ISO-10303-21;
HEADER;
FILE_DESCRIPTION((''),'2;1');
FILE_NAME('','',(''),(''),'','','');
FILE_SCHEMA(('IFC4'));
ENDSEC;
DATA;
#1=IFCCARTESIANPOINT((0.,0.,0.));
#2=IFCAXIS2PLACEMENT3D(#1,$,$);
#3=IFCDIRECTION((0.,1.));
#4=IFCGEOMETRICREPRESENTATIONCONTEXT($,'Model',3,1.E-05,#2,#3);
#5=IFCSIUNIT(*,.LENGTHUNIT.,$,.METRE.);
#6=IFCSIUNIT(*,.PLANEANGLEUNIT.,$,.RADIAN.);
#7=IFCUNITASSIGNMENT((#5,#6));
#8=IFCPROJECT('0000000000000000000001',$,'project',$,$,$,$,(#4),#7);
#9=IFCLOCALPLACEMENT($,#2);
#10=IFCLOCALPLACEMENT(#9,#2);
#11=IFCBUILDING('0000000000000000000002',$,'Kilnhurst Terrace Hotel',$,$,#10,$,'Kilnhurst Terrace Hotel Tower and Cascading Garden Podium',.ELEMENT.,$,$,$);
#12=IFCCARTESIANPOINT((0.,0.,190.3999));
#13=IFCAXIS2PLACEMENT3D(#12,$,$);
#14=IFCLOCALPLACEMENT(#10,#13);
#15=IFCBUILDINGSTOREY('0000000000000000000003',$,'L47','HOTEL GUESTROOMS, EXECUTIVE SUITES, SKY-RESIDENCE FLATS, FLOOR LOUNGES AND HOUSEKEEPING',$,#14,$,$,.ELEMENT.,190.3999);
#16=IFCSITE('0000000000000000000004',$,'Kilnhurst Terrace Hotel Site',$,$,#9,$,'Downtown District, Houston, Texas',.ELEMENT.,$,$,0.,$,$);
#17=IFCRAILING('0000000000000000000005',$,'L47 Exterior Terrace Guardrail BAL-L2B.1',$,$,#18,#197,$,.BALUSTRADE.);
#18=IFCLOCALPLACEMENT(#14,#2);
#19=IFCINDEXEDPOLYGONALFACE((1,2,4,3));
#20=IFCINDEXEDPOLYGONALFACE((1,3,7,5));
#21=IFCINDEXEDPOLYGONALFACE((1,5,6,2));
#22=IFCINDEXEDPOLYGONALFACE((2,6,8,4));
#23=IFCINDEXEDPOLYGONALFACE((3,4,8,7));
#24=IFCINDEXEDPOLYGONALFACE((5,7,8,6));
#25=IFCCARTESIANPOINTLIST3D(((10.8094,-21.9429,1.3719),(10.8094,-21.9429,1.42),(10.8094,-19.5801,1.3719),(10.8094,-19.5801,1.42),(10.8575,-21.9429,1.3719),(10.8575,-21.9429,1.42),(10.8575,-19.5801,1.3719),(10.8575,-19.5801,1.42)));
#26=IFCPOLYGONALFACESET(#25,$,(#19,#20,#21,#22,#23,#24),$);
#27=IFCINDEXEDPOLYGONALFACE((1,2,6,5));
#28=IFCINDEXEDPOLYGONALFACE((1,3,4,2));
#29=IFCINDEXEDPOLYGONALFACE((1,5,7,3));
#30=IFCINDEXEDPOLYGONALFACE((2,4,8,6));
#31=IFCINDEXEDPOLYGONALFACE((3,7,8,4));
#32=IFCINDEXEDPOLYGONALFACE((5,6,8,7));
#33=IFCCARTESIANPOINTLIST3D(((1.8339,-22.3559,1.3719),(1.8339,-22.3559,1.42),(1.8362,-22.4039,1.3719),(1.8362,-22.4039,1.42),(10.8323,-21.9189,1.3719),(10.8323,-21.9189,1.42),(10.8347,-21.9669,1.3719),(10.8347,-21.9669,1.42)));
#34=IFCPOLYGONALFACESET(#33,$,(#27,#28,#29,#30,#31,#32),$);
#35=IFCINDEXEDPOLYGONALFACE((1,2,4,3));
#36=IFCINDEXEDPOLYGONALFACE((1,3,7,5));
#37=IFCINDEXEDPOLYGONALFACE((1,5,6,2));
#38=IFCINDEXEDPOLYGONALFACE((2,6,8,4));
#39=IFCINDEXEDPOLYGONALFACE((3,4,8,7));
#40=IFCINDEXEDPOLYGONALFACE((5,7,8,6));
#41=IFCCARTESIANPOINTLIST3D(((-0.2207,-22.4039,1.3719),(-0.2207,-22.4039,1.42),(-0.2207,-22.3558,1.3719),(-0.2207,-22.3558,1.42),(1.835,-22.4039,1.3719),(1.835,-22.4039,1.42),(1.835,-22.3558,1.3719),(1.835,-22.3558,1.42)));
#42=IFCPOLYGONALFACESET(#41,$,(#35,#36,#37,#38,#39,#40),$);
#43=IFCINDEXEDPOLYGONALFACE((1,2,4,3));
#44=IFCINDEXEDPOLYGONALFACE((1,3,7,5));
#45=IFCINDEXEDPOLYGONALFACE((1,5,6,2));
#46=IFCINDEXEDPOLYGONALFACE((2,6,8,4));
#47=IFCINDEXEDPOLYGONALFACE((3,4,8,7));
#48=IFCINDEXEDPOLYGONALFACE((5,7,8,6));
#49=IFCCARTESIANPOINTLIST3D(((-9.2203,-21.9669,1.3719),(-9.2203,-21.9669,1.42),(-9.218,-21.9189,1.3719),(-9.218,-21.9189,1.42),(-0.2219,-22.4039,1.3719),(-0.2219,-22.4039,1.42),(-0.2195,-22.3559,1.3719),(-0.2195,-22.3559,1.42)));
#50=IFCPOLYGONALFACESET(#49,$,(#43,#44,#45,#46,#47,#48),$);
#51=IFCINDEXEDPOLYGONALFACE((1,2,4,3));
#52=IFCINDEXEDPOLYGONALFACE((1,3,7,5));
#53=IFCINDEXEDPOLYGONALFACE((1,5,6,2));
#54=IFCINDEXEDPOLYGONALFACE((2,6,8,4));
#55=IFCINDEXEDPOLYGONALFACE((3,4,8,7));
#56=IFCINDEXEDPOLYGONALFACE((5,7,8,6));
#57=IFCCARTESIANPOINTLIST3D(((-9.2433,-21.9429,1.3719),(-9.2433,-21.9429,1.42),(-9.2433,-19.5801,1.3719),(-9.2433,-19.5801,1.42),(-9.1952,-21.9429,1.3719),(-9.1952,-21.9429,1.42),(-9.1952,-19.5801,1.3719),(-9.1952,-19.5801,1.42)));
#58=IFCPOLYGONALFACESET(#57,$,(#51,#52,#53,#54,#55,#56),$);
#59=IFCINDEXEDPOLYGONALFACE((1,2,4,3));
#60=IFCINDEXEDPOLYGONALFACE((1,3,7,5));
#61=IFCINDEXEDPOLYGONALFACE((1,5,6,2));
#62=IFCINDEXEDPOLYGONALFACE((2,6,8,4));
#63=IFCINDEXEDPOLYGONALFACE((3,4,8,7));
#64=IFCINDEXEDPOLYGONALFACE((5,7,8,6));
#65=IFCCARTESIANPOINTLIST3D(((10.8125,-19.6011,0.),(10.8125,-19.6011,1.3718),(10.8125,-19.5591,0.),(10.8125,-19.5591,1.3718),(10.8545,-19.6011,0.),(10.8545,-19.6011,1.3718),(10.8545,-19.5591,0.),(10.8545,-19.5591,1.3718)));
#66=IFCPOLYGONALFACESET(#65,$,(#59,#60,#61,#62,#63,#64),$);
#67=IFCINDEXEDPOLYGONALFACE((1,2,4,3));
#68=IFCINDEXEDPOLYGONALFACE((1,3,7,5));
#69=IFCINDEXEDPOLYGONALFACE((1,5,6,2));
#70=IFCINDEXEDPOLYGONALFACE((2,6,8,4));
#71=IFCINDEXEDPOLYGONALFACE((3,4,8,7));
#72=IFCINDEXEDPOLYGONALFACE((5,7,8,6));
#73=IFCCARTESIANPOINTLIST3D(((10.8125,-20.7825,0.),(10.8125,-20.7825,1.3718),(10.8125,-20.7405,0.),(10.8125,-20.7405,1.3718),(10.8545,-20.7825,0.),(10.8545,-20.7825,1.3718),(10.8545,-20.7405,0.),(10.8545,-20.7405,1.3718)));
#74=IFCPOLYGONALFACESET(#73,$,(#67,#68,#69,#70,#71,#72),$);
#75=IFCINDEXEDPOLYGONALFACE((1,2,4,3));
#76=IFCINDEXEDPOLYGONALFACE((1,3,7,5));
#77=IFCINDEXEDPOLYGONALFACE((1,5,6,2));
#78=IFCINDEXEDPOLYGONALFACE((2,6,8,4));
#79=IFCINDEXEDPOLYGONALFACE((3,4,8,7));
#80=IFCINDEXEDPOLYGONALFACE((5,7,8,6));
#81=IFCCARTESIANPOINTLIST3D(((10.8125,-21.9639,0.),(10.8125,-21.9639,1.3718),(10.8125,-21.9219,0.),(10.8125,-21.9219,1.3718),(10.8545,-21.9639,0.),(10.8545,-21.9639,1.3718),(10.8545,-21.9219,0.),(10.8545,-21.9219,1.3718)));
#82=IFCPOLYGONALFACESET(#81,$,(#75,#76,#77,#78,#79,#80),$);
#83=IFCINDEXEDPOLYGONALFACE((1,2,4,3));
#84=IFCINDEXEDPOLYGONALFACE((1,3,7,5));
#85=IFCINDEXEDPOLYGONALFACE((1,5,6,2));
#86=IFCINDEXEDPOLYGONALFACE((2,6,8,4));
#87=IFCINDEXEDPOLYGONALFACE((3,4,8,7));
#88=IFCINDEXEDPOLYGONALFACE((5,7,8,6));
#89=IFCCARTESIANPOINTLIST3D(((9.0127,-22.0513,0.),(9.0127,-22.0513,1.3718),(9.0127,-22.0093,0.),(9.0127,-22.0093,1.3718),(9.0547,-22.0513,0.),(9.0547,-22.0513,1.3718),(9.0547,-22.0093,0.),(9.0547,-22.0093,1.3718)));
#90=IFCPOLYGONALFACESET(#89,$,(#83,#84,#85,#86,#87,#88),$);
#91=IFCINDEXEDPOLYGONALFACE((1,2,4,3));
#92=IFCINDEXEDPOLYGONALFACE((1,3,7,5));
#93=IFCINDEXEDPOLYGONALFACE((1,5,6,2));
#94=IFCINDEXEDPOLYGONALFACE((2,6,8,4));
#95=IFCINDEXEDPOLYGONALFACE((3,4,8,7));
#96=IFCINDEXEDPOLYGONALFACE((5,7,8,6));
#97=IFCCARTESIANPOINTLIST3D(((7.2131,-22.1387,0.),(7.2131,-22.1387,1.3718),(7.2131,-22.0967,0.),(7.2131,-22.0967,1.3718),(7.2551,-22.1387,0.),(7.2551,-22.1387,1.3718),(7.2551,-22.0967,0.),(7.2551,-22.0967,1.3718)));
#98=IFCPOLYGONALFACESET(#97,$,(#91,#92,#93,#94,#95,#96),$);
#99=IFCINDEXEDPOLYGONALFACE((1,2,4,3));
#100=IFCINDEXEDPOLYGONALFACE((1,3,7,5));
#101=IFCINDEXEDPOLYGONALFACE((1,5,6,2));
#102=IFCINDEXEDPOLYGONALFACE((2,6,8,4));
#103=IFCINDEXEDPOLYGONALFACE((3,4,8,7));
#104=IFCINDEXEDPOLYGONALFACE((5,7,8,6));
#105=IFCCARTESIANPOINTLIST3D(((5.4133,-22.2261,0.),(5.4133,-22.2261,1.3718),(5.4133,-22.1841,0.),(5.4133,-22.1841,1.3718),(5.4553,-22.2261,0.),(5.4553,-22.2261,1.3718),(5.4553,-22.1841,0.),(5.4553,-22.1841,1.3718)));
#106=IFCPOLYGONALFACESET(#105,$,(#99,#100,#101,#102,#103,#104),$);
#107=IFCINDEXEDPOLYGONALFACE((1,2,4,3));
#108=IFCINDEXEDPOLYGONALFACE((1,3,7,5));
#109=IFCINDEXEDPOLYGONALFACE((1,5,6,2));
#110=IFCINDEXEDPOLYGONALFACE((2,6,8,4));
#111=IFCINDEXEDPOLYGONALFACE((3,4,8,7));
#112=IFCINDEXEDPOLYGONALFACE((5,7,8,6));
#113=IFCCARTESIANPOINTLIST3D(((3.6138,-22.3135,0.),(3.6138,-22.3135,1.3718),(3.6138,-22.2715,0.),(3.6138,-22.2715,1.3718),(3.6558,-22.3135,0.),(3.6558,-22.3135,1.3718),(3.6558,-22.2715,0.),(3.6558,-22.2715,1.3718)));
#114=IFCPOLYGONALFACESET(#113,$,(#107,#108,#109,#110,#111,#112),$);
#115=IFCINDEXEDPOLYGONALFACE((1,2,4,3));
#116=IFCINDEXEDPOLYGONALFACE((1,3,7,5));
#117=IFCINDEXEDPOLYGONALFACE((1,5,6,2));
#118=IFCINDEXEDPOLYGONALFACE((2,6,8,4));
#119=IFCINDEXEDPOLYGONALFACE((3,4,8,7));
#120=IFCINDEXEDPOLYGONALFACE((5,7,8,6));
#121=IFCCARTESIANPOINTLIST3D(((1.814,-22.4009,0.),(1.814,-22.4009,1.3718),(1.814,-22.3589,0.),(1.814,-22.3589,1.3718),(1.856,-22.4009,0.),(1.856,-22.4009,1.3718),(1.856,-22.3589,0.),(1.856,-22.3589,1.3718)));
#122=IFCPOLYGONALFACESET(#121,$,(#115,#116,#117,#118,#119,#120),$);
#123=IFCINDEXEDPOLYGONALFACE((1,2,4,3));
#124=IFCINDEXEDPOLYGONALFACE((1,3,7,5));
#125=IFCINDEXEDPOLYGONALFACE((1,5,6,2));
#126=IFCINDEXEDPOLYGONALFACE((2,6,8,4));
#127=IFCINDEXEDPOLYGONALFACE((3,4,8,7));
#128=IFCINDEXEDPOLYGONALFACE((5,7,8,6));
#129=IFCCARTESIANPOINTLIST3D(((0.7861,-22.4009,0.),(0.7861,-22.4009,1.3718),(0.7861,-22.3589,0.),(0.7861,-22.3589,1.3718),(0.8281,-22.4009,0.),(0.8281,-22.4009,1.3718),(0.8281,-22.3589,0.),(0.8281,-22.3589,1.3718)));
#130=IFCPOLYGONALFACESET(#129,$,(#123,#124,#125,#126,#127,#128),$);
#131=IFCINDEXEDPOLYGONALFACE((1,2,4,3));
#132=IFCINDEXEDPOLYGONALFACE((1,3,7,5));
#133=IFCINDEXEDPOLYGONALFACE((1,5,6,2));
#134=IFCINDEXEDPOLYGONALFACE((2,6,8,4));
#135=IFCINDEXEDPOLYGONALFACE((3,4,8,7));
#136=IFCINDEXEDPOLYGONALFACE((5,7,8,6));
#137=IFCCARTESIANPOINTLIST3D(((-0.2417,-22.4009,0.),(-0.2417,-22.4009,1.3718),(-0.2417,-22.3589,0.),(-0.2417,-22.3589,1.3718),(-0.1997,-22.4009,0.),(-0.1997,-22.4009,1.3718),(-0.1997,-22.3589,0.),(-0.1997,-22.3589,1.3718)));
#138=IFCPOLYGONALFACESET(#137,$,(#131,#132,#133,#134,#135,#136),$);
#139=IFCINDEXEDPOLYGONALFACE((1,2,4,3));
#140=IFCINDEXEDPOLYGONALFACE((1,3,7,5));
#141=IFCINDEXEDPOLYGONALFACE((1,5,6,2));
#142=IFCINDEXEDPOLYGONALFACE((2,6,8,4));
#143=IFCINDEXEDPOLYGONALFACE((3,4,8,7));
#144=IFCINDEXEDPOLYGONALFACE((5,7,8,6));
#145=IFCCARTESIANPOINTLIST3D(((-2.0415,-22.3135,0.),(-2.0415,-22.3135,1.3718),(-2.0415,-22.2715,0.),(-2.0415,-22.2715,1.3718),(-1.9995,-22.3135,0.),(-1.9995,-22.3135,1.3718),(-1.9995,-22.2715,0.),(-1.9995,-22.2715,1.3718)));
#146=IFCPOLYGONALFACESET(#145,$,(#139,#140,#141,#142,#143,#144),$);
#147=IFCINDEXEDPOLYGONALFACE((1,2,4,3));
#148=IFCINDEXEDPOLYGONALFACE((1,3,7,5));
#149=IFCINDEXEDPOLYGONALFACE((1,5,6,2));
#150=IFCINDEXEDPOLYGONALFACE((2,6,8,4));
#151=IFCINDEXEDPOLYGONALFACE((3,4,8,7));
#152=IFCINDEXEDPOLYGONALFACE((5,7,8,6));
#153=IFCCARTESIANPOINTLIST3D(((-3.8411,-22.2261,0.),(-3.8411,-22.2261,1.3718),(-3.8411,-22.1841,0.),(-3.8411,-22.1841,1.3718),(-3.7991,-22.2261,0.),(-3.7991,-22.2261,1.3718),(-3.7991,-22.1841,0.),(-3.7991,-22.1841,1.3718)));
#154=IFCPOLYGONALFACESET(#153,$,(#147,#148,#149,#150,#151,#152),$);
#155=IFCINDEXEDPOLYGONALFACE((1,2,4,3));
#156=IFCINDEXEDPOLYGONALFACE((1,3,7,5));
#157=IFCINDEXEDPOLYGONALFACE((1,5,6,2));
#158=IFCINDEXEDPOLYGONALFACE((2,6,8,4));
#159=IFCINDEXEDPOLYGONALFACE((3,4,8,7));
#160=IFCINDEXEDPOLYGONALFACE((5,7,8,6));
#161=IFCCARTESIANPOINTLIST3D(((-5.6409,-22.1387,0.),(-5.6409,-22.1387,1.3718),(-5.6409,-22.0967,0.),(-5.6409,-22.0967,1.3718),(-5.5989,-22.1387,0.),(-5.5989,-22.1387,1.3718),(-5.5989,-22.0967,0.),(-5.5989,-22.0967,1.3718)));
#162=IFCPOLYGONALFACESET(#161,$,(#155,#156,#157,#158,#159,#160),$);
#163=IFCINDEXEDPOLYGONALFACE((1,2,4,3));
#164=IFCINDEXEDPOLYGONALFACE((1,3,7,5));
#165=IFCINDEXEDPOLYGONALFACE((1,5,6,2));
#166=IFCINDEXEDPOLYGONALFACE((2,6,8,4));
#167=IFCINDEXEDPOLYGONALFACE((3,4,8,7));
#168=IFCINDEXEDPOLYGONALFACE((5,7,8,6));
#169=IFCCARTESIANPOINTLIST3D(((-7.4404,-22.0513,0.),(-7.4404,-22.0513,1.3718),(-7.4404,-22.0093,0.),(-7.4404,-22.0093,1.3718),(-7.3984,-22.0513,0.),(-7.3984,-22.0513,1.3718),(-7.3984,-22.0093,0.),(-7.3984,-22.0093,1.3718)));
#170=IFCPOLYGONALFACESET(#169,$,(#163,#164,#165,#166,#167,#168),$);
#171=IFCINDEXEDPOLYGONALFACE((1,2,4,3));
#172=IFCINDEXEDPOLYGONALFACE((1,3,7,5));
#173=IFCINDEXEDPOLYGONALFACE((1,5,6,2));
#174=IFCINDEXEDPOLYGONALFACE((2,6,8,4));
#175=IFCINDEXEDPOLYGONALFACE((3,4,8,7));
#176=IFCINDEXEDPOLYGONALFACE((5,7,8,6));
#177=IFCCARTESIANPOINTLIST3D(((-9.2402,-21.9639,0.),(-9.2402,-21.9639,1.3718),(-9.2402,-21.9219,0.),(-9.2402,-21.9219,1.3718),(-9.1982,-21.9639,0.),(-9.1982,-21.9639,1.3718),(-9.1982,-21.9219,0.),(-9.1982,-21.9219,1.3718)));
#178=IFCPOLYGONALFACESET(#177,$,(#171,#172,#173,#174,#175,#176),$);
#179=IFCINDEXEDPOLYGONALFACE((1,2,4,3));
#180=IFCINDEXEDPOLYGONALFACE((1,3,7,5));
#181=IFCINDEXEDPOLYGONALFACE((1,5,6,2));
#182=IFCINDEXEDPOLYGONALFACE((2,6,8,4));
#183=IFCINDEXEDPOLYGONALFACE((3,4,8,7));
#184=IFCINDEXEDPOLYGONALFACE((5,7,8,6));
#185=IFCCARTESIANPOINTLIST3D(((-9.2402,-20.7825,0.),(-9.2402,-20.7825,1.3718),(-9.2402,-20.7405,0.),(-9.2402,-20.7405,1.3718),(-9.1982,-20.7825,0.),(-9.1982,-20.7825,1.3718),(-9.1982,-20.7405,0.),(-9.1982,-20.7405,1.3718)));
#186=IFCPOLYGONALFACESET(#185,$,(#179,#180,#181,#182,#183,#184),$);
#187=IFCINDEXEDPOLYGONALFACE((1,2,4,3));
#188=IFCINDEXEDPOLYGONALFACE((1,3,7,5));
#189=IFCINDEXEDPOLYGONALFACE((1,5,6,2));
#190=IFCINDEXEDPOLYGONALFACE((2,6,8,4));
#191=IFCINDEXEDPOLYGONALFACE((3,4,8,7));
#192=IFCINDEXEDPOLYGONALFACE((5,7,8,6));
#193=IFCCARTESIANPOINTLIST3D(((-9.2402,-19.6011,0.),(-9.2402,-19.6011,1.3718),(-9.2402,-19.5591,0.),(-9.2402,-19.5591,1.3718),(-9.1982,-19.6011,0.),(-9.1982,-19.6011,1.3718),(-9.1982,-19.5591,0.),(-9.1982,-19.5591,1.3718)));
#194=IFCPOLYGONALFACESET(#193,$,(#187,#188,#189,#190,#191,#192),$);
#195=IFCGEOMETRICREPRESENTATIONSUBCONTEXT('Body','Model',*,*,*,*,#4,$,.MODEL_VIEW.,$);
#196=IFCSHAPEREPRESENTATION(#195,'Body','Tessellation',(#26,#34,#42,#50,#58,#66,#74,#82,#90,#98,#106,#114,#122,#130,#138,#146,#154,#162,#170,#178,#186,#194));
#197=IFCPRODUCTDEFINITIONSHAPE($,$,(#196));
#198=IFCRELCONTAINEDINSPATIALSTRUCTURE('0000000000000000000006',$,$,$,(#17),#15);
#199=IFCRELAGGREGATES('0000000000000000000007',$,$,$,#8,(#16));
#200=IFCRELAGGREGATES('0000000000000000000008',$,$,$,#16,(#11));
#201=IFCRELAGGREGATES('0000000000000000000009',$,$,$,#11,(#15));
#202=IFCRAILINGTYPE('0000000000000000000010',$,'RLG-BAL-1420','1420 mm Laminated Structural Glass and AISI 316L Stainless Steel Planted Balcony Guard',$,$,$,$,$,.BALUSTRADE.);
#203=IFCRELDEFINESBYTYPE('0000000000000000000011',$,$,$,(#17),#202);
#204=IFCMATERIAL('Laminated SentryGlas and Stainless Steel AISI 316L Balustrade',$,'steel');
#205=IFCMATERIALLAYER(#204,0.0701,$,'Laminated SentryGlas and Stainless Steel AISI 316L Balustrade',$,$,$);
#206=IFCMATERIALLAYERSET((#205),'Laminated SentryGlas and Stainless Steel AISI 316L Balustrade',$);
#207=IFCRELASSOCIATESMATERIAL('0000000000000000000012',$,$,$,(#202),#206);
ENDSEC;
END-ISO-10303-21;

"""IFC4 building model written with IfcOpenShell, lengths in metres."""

from ifc_helpers import new_model, si_unit, direction, frame, origin, origin_2d, place, context, subcontext, project, spatial, rectangle, extrude, material, layer, layer_set, type_object, element, save


model = new_model("IFC4")

# Units and contexts
model_context = context("Model", 3, precision=1e-05, world=origin(), true_north=direction((0.0, 1.0)))
body_context = subcontext(model_context, "Body", "Model", "MODEL_VIEW")
ifc_project = project(units=[si_unit("LENGTHUNIT", "METRE"), si_unit("PLANEANGLEUNIT", "RADIAN")], contexts=[model_context])

# Site, building, storey
site_placement = place(None, origin())
site = spatial("IfcSite", under=ifc_project, at=site_placement, Name="Kilnhurst Terrace Hotel Site", LongName="Downtown District, Houston, Texas", CompositionType="ELEMENT", RefElevation=0.0)
building_placement = place(site_placement, origin())
building = spatial("IfcBuilding", under=site, at=building_placement, Name="Kilnhurst Terrace Hotel", LongName="Kilnhurst Terrace Hotel Tower and Cascading Garden Podium", CompositionType="ELEMENT")
storey_placement = place(building_placement, frame((0.0, 0.0, 190.3999)))
storey = spatial("IfcBuildingStorey", under=building, at=storey_placement, Name="L47", Description="HOTEL GUESTROOMS, EXECUTIVE SUITES, SKY-RESIDENCE FLATS, FLOOR LOUNGES AND HOUSEKEEPING", CompositionType="ELEMENT", Elevation=190.3999)

# Railing
ifc_material_1 = material(Name="Laminated SentryGlas and Stainless Steel AISI 316L Balustrade", Category="steel")
ifc_layer_1 = layer(ifc_material_1, 0.0701, Name="Laminated SentryGlas and Stainless Steel AISI 316L Balustrade")
ifc_layer_set_1 = layer_set([ifc_layer_1], Name="Laminated SentryGlas and Stainless Steel AISI 316L Balustrade")
railing_type = type_object("IfcRailingType", Name="RLG-BAL-1420", Description="1420 mm Laminated Structural Glass and AISI 316L Stainless Steel Planted Balcony Guard", PredefinedType="BALUSTRADE", material=ifc_layer_set_1)
railing_placement = place(storey_placement, frame((10.8335, -19.5801, 0.0)))
element("IfcRailing", 1, at=railing_placement, inside=storey, type_object=railing_type, Name="L47 Exterior Terrace Guardrail BAL-L2B.1", PredefinedType="BALUSTRADE", context=body_context, shape_type="SweptSolid", body=[
    extrude(rectangle(XDim=0.0481, YDim=0.0481, at=origin_2d()), frame((0.0, 0.0, 1.396), z_axis=(0.0, -1.0, 0.0), x_axis=(1.0, 0.0, 0.0)), (0.0, 0.0, 1.0), 2.3628),
    extrude(rectangle(XDim=0.0481, YDim=0.0481, at=origin_2d()), frame((0.0, -2.3628, 1.396), z_axis=(-0.998823, -0.048508, 0.0), x_axis=(0.048508, -0.998823, 0.0)), (0.0, 0.0, 1.0), 9.009),
    extrude(rectangle(XDim=0.0481, YDim=0.0481, at=origin_2d()), frame((-8.9985, -2.7998, 1.396), z_axis=(-1.0, 0.0, 0.0), x_axis=(0.0, -1.0, 0.0)), (0.0, 0.0, 1.0), 2.0557),
    extrude(rectangle(XDim=0.0481, YDim=0.0481, at=origin_2d()), frame((-11.0542, -2.7998, 1.396), z_axis=(-0.998823, 0.048508, 0.0), x_axis=(-0.048508, -0.998823, 0.0)), (0.0, 0.0, 1.0), 9.009),
    extrude(rectangle(XDim=0.0481, YDim=0.0481, at=origin_2d()), frame((-20.0527, -2.3628, 1.396), z_axis=(0.0, 1.0, 0.0), x_axis=(-1.0, 0.0, 0.0)), (0.0, 0.0, 1.0), 2.3628),
    extrude(rectangle(XDim=0.042, YDim=0.042, at=origin_2d()), origin(), (0.0, 0.0, 1.0), 1.3718),
    extrude(rectangle(XDim=0.042, YDim=0.042, at=origin_2d()), frame((0.0, -1.1814, 0.0)), (0.0, 0.0, 1.0), 1.3718),
    extrude(rectangle(XDim=0.042, YDim=0.042, at=origin_2d()), frame((0.0, -2.3628, 0.0)), (0.0, 0.0, 1.0), 1.3718),
    extrude(rectangle(XDim=0.042, YDim=0.042, at=origin_2d()), frame((-1.7998, -2.4502, 0.0)), (0.0, 0.0, 1.0), 1.3718),
    extrude(rectangle(XDim=0.042, YDim=0.042, at=origin_2d()), frame((-3.5994, -2.5376, 0.0)), (0.0, 0.0, 1.0), 1.3718),
    extrude(rectangle(XDim=0.042, YDim=0.042, at=origin_2d()), frame((-5.3992, -2.625, 0.0)), (0.0, 0.0, 1.0), 1.3718),
    extrude(rectangle(XDim=0.042, YDim=0.042, at=origin_2d()), frame((-7.1987, -2.7124, 0.0)), (0.0, 0.0, 1.0), 1.3718),
    extrude(rectangle(XDim=0.042, YDim=0.042, at=origin_2d()), frame((-8.9985, -2.7998, 0.0)), (0.0, 0.0, 1.0), 1.3718),
    extrude(rectangle(XDim=0.042, YDim=0.042, at=origin_2d()), frame((-10.0264, -2.7998, 0.0)), (0.0, 0.0, 1.0), 1.3718),
    extrude(rectangle(XDim=0.042, YDim=0.042, at=origin_2d()), frame((-11.0542, -2.7998, 0.0)), (0.0, 0.0, 1.0), 1.3718),
    extrude(rectangle(XDim=0.042, YDim=0.042, at=origin_2d()), frame((-12.854, -2.7124, 0.0)), (0.0, 0.0, 1.0), 1.3718),
    extrude(rectangle(XDim=0.042, YDim=0.042, at=origin_2d()), frame((-14.6536, -2.625, 0.0)), (0.0, 0.0, 1.0), 1.3718),
    extrude(rectangle(XDim=0.042, YDim=0.042, at=origin_2d()), frame((-16.4534, -2.5376, 0.0)), (0.0, 0.0, 1.0), 1.3718),
    extrude(rectangle(XDim=0.042, YDim=0.042, at=origin_2d()), frame((-18.2529, -2.4502, 0.0)), (0.0, 0.0, 1.0), 1.3718),
    extrude(rectangle(XDim=0.042, YDim=0.042, at=origin_2d()), frame((-20.0527, -2.3628, 0.0)), (0.0, 0.0, 1.0), 1.3718),
    extrude(rectangle(XDim=0.042, YDim=0.042, at=origin_2d()), frame((-20.0527, -1.1814, 0.0)), (0.0, 0.0, 1.0), 1.3718),
    extrude(rectangle(XDim=0.042, YDim=0.042, at=origin_2d()), frame((-20.0527, 0.0, 0.0)), (0.0, 0.0, 1.0), 1.3718),
])

save(model, "model.ifc")
